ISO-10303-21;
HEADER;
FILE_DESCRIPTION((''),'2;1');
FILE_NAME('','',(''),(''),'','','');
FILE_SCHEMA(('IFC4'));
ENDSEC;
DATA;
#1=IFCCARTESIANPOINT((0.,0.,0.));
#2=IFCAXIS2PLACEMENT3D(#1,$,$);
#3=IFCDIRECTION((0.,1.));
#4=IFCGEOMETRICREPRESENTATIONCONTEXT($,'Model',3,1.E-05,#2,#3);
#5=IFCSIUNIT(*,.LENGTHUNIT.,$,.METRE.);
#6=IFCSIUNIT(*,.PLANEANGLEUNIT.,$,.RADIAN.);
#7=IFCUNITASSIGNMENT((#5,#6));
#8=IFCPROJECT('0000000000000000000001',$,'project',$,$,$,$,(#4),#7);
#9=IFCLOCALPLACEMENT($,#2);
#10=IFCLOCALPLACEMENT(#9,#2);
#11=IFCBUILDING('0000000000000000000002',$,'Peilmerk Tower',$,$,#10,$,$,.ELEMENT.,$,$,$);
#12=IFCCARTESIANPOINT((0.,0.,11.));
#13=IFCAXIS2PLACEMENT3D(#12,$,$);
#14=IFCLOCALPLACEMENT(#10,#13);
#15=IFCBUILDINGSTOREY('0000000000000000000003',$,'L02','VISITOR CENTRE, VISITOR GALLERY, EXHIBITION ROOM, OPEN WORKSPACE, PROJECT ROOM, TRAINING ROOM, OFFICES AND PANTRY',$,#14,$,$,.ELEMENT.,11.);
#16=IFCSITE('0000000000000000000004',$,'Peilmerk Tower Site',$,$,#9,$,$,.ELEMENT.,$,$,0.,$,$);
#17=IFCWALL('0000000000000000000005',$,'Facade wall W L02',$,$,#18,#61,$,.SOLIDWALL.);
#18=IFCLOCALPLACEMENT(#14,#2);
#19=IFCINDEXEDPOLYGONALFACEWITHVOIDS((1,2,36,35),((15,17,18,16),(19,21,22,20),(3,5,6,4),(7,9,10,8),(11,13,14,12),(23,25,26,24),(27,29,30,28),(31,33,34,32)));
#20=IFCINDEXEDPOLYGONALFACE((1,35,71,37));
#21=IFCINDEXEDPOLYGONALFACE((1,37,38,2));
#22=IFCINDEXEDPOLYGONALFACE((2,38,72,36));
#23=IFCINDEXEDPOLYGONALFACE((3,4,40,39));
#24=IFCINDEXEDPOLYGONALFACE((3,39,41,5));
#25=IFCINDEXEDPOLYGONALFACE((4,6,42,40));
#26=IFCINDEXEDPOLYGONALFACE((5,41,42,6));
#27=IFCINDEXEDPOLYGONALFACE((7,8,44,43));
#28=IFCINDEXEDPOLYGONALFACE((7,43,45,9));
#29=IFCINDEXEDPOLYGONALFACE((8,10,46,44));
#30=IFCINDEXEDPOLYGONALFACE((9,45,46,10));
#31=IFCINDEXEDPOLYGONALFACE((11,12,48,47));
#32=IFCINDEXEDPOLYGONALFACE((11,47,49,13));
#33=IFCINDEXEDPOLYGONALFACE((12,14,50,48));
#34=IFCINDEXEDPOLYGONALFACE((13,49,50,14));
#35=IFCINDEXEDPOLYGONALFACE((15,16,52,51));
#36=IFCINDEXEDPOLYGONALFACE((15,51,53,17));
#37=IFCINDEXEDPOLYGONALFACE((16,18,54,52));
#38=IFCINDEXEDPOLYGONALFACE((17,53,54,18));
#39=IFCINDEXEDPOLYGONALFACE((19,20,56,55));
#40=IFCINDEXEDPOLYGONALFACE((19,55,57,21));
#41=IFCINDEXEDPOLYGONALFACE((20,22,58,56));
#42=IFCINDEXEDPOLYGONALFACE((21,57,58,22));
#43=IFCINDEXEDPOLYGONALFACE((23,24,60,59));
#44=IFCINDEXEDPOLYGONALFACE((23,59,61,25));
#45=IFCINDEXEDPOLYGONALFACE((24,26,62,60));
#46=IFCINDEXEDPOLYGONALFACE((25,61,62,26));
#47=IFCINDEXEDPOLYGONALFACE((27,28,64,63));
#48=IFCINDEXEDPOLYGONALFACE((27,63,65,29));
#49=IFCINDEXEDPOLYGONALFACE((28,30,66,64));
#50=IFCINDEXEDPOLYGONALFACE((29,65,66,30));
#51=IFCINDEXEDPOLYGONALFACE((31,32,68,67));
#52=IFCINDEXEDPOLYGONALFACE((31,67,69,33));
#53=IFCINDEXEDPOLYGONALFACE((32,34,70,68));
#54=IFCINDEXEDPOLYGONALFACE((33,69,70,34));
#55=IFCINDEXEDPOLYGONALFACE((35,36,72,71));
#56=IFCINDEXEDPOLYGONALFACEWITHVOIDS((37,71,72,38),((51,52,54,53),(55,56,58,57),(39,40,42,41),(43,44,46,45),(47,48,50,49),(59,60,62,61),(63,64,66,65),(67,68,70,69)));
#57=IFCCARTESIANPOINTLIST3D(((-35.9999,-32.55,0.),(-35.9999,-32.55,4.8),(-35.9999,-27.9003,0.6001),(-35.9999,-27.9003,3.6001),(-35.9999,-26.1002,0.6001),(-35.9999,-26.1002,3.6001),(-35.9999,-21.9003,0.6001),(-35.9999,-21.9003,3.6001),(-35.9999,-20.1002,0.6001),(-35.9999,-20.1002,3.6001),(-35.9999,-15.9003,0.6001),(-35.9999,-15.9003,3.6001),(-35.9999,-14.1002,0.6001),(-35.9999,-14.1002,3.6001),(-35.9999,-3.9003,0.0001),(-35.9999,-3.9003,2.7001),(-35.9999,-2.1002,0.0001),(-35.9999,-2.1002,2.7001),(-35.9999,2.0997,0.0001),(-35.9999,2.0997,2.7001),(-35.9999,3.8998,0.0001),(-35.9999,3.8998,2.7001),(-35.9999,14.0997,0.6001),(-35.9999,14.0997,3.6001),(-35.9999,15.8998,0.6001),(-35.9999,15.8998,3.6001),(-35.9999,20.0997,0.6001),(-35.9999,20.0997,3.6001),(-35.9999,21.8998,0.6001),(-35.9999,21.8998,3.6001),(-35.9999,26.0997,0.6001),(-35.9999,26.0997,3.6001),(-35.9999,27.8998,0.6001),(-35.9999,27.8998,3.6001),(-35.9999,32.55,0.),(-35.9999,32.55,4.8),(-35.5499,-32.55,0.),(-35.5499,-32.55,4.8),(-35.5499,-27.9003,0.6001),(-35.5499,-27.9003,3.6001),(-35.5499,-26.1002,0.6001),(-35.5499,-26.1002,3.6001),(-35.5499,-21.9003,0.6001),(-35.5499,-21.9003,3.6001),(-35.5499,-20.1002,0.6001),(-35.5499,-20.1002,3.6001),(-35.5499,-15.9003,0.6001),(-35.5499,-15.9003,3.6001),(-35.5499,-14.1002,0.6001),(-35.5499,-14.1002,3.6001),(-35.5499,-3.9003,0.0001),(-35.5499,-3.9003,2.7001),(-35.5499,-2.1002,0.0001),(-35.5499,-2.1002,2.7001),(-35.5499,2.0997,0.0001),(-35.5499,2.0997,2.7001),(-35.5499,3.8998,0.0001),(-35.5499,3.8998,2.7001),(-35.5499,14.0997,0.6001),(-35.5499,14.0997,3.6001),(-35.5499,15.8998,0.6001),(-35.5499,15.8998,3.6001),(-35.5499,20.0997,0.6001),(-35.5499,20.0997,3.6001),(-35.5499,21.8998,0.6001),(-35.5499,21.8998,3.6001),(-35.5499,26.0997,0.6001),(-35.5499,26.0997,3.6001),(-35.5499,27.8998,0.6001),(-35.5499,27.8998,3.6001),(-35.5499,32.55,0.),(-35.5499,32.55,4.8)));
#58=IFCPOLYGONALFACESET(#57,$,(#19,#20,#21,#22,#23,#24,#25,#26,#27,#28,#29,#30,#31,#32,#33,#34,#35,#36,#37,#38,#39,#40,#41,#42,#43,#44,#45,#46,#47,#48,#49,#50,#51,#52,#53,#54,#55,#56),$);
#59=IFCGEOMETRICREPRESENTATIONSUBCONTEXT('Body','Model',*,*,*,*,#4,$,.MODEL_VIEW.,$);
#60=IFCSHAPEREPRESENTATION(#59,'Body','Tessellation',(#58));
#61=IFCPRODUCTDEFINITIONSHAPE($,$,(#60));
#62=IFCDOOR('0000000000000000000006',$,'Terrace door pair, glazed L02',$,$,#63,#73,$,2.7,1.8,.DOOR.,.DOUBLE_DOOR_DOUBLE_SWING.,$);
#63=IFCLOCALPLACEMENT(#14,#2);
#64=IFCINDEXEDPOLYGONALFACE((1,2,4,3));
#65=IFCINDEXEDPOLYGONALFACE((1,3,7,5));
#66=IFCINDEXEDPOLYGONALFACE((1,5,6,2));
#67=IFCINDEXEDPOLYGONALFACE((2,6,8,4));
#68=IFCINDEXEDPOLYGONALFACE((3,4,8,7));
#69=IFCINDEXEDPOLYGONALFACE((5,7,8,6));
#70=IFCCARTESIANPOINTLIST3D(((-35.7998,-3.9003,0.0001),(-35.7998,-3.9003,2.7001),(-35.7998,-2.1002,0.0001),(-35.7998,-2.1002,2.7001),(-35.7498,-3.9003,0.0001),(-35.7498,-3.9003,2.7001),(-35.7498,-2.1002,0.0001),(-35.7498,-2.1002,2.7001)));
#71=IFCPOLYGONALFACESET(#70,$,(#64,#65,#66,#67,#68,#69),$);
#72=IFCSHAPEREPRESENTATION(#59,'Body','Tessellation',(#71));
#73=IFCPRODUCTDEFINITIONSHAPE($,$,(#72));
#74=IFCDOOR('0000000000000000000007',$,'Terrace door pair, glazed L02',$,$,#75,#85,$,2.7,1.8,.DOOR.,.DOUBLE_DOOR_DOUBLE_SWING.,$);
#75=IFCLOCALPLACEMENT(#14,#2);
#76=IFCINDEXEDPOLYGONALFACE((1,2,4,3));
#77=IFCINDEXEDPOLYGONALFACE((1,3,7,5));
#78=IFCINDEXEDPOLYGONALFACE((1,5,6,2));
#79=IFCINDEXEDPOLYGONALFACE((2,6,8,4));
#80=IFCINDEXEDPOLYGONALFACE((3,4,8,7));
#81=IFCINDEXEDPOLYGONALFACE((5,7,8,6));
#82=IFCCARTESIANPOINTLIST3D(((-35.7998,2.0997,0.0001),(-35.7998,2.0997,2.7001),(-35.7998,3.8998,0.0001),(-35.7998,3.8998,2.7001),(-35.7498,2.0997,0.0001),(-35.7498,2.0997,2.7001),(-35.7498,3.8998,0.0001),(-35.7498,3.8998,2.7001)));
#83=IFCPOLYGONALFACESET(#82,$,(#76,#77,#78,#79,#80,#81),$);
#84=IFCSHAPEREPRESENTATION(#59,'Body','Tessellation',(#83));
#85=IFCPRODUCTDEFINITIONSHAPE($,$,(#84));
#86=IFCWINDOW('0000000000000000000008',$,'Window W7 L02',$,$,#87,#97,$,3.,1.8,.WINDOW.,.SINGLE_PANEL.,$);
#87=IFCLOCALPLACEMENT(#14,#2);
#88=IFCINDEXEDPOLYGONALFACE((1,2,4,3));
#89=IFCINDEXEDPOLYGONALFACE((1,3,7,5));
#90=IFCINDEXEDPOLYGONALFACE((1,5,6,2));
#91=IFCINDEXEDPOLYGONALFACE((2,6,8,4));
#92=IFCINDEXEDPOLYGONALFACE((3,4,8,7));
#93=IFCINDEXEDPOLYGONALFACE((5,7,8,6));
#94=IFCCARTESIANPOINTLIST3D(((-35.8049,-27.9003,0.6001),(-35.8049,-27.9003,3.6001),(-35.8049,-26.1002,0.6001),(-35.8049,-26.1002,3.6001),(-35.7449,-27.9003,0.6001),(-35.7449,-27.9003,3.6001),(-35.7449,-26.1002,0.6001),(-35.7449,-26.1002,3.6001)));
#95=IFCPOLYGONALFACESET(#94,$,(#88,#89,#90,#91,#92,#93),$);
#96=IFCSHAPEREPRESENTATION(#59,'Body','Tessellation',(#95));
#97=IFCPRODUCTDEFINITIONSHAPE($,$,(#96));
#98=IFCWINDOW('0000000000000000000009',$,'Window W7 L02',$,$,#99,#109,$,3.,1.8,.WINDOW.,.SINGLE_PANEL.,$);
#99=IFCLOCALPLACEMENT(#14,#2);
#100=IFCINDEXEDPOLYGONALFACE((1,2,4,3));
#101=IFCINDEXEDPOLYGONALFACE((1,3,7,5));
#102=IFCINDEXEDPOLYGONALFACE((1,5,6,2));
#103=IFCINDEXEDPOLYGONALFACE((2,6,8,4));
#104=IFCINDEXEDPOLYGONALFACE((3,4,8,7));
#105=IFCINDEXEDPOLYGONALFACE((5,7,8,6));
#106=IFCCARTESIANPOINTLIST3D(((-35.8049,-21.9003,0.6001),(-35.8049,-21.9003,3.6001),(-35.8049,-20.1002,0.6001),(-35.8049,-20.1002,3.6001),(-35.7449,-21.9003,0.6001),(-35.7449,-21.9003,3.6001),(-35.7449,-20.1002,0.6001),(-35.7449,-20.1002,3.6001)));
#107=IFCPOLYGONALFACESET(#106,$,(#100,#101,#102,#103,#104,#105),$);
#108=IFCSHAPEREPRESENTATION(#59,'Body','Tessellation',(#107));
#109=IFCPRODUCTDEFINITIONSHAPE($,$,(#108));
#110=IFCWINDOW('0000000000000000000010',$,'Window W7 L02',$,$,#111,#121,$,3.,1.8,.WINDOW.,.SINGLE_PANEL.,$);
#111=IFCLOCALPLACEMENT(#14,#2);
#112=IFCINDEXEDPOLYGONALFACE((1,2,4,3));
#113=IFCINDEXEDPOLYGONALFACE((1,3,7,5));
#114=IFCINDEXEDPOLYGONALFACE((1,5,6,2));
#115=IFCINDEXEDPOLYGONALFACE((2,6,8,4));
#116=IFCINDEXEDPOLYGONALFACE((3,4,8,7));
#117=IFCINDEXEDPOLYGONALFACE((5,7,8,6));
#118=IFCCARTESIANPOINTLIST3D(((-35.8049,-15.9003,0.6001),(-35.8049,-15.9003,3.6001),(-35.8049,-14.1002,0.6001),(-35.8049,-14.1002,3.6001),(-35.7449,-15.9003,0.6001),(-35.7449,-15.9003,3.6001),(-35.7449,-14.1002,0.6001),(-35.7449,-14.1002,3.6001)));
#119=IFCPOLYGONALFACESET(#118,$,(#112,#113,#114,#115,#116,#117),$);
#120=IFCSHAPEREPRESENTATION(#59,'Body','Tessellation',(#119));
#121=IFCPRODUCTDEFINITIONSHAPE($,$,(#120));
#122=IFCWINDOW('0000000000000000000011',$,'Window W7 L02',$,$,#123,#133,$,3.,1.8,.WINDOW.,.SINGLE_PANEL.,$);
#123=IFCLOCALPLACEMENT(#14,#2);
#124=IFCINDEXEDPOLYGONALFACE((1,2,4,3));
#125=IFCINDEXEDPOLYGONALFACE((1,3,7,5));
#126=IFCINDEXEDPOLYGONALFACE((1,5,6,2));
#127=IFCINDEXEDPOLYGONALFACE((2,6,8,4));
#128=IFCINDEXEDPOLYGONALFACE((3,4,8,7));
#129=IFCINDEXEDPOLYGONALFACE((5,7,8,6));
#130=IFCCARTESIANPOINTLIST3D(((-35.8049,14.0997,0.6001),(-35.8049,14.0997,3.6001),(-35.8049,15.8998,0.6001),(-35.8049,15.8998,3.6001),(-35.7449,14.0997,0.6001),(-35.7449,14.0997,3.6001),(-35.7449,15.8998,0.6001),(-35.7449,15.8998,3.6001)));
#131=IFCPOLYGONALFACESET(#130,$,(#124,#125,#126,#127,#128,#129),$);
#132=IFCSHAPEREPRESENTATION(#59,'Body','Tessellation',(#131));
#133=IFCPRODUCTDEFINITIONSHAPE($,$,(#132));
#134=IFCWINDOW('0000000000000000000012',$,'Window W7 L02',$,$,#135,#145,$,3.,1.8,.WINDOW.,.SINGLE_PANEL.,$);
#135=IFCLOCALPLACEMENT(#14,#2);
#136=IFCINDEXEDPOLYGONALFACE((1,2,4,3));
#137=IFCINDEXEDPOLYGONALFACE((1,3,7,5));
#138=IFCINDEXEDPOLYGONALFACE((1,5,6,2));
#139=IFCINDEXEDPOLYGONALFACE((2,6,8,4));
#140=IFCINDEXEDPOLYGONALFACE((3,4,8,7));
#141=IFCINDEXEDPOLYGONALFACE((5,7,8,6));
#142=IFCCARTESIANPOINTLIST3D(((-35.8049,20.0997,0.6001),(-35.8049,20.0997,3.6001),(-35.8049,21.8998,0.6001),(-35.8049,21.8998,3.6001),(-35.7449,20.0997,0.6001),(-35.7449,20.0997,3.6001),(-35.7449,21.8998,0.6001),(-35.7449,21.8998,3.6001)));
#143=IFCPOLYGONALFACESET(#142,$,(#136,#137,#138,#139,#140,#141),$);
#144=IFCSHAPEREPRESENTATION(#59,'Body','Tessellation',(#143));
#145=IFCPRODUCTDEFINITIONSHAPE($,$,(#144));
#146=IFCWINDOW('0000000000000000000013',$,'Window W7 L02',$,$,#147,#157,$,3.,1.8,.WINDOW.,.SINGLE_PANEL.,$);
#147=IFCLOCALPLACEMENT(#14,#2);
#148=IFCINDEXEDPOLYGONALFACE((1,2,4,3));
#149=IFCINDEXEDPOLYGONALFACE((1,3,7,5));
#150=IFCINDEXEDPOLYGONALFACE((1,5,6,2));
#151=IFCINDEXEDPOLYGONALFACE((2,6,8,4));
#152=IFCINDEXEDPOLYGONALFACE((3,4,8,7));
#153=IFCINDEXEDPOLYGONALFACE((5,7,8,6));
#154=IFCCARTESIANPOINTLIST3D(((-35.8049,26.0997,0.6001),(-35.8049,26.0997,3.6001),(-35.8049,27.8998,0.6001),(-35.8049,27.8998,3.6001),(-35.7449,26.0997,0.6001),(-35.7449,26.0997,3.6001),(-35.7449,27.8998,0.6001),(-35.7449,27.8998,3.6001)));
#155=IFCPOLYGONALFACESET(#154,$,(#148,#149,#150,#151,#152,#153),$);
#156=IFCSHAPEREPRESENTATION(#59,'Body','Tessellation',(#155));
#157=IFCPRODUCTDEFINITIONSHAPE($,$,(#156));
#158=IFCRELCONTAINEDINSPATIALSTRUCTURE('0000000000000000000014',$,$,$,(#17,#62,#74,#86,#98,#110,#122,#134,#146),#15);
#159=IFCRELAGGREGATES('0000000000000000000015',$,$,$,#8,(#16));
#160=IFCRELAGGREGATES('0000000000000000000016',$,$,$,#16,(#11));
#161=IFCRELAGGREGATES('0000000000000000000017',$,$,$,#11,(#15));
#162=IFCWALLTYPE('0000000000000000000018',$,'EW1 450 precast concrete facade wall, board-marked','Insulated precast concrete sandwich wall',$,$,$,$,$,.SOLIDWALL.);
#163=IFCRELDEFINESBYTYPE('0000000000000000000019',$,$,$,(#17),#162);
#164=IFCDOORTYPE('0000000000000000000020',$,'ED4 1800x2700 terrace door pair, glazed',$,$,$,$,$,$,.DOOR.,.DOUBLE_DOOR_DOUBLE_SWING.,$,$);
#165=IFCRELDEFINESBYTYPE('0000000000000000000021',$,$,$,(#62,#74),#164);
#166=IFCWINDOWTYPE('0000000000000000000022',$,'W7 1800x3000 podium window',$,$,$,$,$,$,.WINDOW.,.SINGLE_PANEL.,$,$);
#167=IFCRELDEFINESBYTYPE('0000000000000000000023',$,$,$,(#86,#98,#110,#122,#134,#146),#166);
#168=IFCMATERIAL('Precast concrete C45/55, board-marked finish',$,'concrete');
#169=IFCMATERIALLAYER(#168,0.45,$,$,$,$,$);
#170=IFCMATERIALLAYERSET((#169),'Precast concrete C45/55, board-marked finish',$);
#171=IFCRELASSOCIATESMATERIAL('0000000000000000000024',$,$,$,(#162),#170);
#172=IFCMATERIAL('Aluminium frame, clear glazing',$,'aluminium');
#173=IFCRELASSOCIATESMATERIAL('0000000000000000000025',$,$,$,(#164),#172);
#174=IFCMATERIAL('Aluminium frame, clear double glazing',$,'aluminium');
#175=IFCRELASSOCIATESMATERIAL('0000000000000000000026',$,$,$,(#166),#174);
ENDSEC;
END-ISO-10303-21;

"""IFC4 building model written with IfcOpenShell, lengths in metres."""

from ifc_helpers import new_model, si_unit, direction, frame, frame_2d, origin, place, context, subcontext, project, spatial, rectangle, extrude, material, layer, layer_set, type_object, element, fill, save


model = new_model("IFC4")

# Units and contexts
model_context = context("Model", 3, precision=1e-05, world=origin(), true_north=direction((0.0, 1.0)))
body_context = subcontext(model_context, "Body", "Model", "MODEL_VIEW")
ifc_project = project(units=[si_unit("LENGTHUNIT", "METRE"), si_unit("PLANEANGLEUNIT", "RADIAN")], contexts=[model_context])

# Site, building, storey
site_placement = place(None, origin())
site = spatial("IfcSite", under=ifc_project, at=site_placement, Name="Peilmerk Tower Site", CompositionType="ELEMENT", RefElevation=0.0)
building_placement = place(site_placement, origin())
building = spatial("IfcBuilding", under=site, at=building_placement, Name="Peilmerk Tower", CompositionType="ELEMENT")
storey_placement = place(building_placement, frame((0.0, 0.0, 11.0)))
storey = spatial("IfcBuildingStorey", under=building, at=storey_placement, Name="L02", Description="VISITOR CENTRE, VISITOR GALLERY, EXHIBITION ROOM, OPEN WORKSPACE, PROJECT ROOM, TRAINING ROOM, OFFICES AND PANTRY", CompositionType="ELEMENT", Elevation=11.0)

# Wall, openings, doors, windows
ifc_material_1 = material(Name="Precast concrete C45/55, board-marked finish", Category="concrete")
ifc_layer = layer(ifc_material_1, 0.45)
ifc_layer_set = layer_set([ifc_layer], Name="Precast concrete C45/55, board-marked finish")
wall_type = type_object("IfcWallType", Name="EW1 450 precast concrete facade wall, board-marked", Description="Insulated precast concrete sandwich wall", PredefinedType="SOLIDWALL", material=ifc_layer_set)
wall_placement = place(storey_placement, frame((-35.7749, -32.55, 0.0), z_axis=(0.0, 0.0, 1.0), x_axis=(0.0, 1.0, 0.0)))
wall = element("IfcWall", 1, at=wall_placement, inside=storey, type_object=wall_type, Name="Facade wall W L02", PredefinedType="SOLIDWALL", context=body_context, shape_type="SweptSolid", body=[
    extrude(rectangle(XDim=65.1001, YDim=0.45, at=frame_2d((32.55, 0.0))), origin(), (0.0, 0.0, 1.0), 4.8),
])
opening_1_placement = place(wall_placement, frame((4.6499, 0.0, 0.6001)))
opening_1 = element("IfcOpeningElement", 2, at=opening_1_placement, cuts=wall, PredefinedType="OPENING", context=body_context, shape_type="SweptSolid", body=[
    extrude(rectangle(XDim=1.8, YDim=3.0, at=frame_2d((0.8999, 1.5))), frame((0.0, 0.2349, 0.0), z_axis=(0.0, -1.0, 0.0), x_axis=(1.0, 0.0, 0.0)), (0.0, 0.0, 1.0), 0.47),
])
opening_2_placement = place(wall_placement, frame((10.6499, 0.0, 0.6001)))
opening_2 = element("IfcOpeningElement", 3, at=opening_2_placement, cuts=wall, PredefinedType="OPENING", context=body_context, shape_type="SweptSolid", body=[
    extrude(rectangle(XDim=1.8, YDim=3.0, at=frame_2d((0.8999, 1.5))), frame((0.0, 0.2349, 0.0), z_axis=(0.0, -1.0, 0.0), x_axis=(1.0, 0.0, 0.0)), (0.0, 0.0, 1.0), 0.47),
])
opening_3_placement = place(wall_placement, frame((16.6499, 0.0, 0.6001)))
opening_3 = element("IfcOpeningElement", 4, at=opening_3_placement, cuts=wall, PredefinedType="OPENING", context=body_context, shape_type="SweptSolid", body=[
    extrude(rectangle(XDim=1.8, YDim=3.0, at=frame_2d((0.8999, 1.5))), frame((0.0, 0.2349, 0.0), z_axis=(0.0, -1.0, 0.0), x_axis=(1.0, 0.0, 0.0)), (0.0, 0.0, 1.0), 0.47),
])
opening_4_placement = place(wall_placement, frame((46.6499, 0.0, 0.6001)))
opening_4 = element("IfcOpeningElement", 5, at=opening_4_placement, cuts=wall, PredefinedType="OPENING", context=body_context, shape_type="SweptSolid", body=[
    extrude(rectangle(XDim=1.8, YDim=3.0, at=frame_2d((0.8999, 1.5))), frame((0.0, 0.2349, 0.0), z_axis=(0.0, -1.0, 0.0), x_axis=(1.0, 0.0, 0.0)), (0.0, 0.0, 1.0), 0.47),
])
opening_5_placement = place(wall_placement, frame((52.6499, 0.0, 0.6001)))
opening_5 = element("IfcOpeningElement", 6, at=opening_5_placement, cuts=wall, PredefinedType="OPENING", context=body_context, shape_type="SweptSolid", body=[
    extrude(rectangle(XDim=1.8, YDim=3.0, at=frame_2d((0.8999, 1.5))), frame((0.0, 0.2349, 0.0), z_axis=(0.0, -1.0, 0.0), x_axis=(1.0, 0.0, 0.0)), (0.0, 0.0, 1.0), 0.47),
])
opening_6_placement = place(wall_placement, frame((58.6499, 0.0, 0.6001)))
opening_6 = element("IfcOpeningElement", 7, at=opening_6_placement, cuts=wall, PredefinedType="OPENING", context=body_context, shape_type="SweptSolid", body=[
    extrude(rectangle(XDim=1.8, YDim=3.0, at=frame_2d((0.8999, 1.5))), frame((0.0, 0.2349, 0.0), z_axis=(0.0, -1.0, 0.0), x_axis=(1.0, 0.0, 0.0)), (0.0, 0.0, 1.0), 0.47),
])
opening_7_placement = place(wall_placement, frame((28.6499, 0.0, 0.0)))
opening_7 = element("IfcOpeningElement", 8, at=opening_7_placement, cuts=wall, PredefinedType="OPENING", context=body_context, shape_type="SweptSolid", body=[
    extrude(rectangle(XDim=1.8, YDim=2.7, at=frame_2d((0.8999, 1.3501))), frame((0.0, 0.2349, 0.0), z_axis=(0.0, -1.0, 0.0), x_axis=(1.0, 0.0, 0.0)), (0.0, 0.0, 1.0), 0.47),
])
opening_8_placement = place(wall_placement, frame((34.6499, 0.0, 0.0)))
opening_8 = element("IfcOpeningElement", 9, at=opening_8_placement, cuts=wall, PredefinedType="OPENING", context=body_context, shape_type="SweptSolid", body=[
    extrude(rectangle(XDim=1.8, YDim=2.7, at=frame_2d((0.8999, 1.3501))), frame((0.0, 0.2349, 0.0), z_axis=(0.0, -1.0, 0.0), x_axis=(1.0, 0.0, 0.0)), (0.0, 0.0, 1.0), 0.47),
])
ifc_material_2 = material(Name="Aluminium frame, clear glazing", Category="aluminium")
door_type = type_object("IfcDoorType", Name="ED4 1800x2700 terrace door pair, glazed", OperationType="DOUBLE_DOOR_DOUBLE_SWING", PredefinedType="DOOR", material=ifc_material_2)
door_1_placement = place(opening_7_placement, origin())
door_1 = element("IfcDoor", 10, at=door_1_placement, inside=storey, type_object=door_type, Name="Terrace door pair, glazed L02", OperationType="DOUBLE_DOOR_DOUBLE_SWING", OverallHeight=2.7, OverallWidth=1.8, PredefinedType="DOOR", context=body_context, shape_type="SweptSolid", body=[
    extrude(rectangle(XDim=1.8, YDim=2.7, at=frame_2d((0.8999, 1.3501))), frame((0.0, 0.0249, 0.0), z_axis=(0.0, -1.0, 0.0), x_axis=(1.0, 0.0, 0.0)), (0.0, 0.0, 1.0), 0.05),
])
fill(opening_7, door_1)
door_2_placement = place(opening_8_placement, origin())
door_2 = element("IfcDoor", 11, at=door_2_placement, inside=storey, type_object=door_type, Name="Terrace door pair, glazed L02", OperationType="DOUBLE_DOOR_DOUBLE_SWING", OverallHeight=2.7, OverallWidth=1.8, PredefinedType="DOOR", context=body_context, shape_type="SweptSolid", body=[
    extrude(rectangle(XDim=1.8, YDim=2.7, at=frame_2d((0.8999, 1.3501))), frame((0.0, 0.0249, 0.0), z_axis=(0.0, -1.0, 0.0), x_axis=(1.0, 0.0, 0.0)), (0.0, 0.0, 1.0), 0.05),
])
fill(opening_8, door_2)
ifc_material_3 = material(Name="Aluminium frame, clear double glazing", Category="aluminium")
window_type = type_object("IfcWindowType", Name="W7 1800x3000 podium window", PartitioningType="SINGLE_PANEL", PredefinedType="WINDOW", material=ifc_material_3)
window_1_placement = place(opening_1_placement, origin())
window_1 = element("IfcWindow", 12, at=window_1_placement, inside=storey, type_object=window_type, Name="Window W7 L02", OverallHeight=3.0, OverallWidth=1.8, PartitioningType="SINGLE_PANEL", PredefinedType="WINDOW", context=body_context, shape_type="SweptSolid", body=[
    extrude(rectangle(XDim=1.8, YDim=3.0, at=frame_2d((0.8999, 1.5))), frame((0.0, 0.03, 0.0), z_axis=(0.0, -1.0, 0.0), x_axis=(1.0, 0.0, 0.0)), (0.0, 0.0, 1.0), 0.0601),
])
fill(opening_1, window_1)
window_2_placement = place(opening_2_placement, origin())
window_2 = element("IfcWindow", 13, at=window_2_placement, inside=storey, type_object=window_type, Name="Window W7 L02", OverallHeight=3.0, OverallWidth=1.8, PartitioningType="SINGLE_PANEL", PredefinedType="WINDOW", context=body_context, shape_type="SweptSolid", body=[
    extrude(rectangle(XDim=1.8, YDim=3.0, at=frame_2d((0.8999, 1.5))), frame((0.0, 0.03, 0.0), z_axis=(0.0, -1.0, 0.0), x_axis=(1.0, 0.0, 0.0)), (0.0, 0.0, 1.0), 0.0601),
])
fill(opening_2, window_2)
window_3_placement = place(opening_3_placement, origin())
window_3 = element("IfcWindow", 14, at=window_3_placement, inside=storey, type_object=window_type, Name="Window W7 L02", OverallHeight=3.0, OverallWidth=1.8, PartitioningType="SINGLE_PANEL", PredefinedType="WINDOW", context=body_context, shape_type="SweptSolid", body=[
    extrude(rectangle(XDim=1.8, YDim=3.0, at=frame_2d((0.8999, 1.5))), frame((0.0, 0.03, 0.0), z_axis=(0.0, -1.0, 0.0), x_axis=(1.0, 0.0, 0.0)), (0.0, 0.0, 1.0), 0.0601),
])
fill(opening_3, window_3)
window_4_placement = place(opening_4_placement, origin())
window_4 = element("IfcWindow", 15, at=window_4_placement, inside=storey, type_object=window_type, Name="Window W7 L02", OverallHeight=3.0, OverallWidth=1.8, PartitioningType="SINGLE_PANEL", PredefinedType="WINDOW", context=body_context, shape_type="SweptSolid", body=[
    extrude(rectangle(XDim=1.8, YDim=3.0, at=frame_2d((0.8999, 1.5))), frame((0.0, 0.03, 0.0), z_axis=(0.0, -1.0, 0.0), x_axis=(1.0, 0.0, 0.0)), (0.0, 0.0, 1.0), 0.0601),
])
fill(opening_4, window_4)
window_5_placement = place(opening_5_placement, origin())
window_5 = element("IfcWindow", 16, at=window_5_placement, inside=storey, type_object=window_type, Name="Window W7 L02", OverallHeight=3.0, OverallWidth=1.8, PartitioningType="SINGLE_PANEL", PredefinedType="WINDOW", context=body_context, shape_type="SweptSolid", body=[
    extrude(rectangle(XDim=1.8, YDim=3.0, at=frame_2d((0.8999, 1.5))), frame((0.0, 0.03, 0.0), z_axis=(0.0, -1.0, 0.0), x_axis=(1.0, 0.0, 0.0)), (0.0, 0.0, 1.0), 0.0601),
])
fill(opening_5, window_5)
window_6_placement = place(opening_6_placement, origin())
window_6 = element("IfcWindow", 17, at=window_6_placement, inside=storey, type_object=window_type, Name="Window W7 L02", OverallHeight=3.0, OverallWidth=1.8, PartitioningType="SINGLE_PANEL", PredefinedType="WINDOW", context=body_context, shape_type="SweptSolid", body=[
    extrude(rectangle(XDim=1.8, YDim=3.0, at=frame_2d((0.8999, 1.5))), frame((0.0, 0.03, 0.0), z_axis=(0.0, -1.0, 0.0), x_axis=(1.0, 0.0, 0.0)), (0.0, 0.0, 1.0), 0.0601),
])
fill(opening_6, window_6)

save(model, "model.ifc")
